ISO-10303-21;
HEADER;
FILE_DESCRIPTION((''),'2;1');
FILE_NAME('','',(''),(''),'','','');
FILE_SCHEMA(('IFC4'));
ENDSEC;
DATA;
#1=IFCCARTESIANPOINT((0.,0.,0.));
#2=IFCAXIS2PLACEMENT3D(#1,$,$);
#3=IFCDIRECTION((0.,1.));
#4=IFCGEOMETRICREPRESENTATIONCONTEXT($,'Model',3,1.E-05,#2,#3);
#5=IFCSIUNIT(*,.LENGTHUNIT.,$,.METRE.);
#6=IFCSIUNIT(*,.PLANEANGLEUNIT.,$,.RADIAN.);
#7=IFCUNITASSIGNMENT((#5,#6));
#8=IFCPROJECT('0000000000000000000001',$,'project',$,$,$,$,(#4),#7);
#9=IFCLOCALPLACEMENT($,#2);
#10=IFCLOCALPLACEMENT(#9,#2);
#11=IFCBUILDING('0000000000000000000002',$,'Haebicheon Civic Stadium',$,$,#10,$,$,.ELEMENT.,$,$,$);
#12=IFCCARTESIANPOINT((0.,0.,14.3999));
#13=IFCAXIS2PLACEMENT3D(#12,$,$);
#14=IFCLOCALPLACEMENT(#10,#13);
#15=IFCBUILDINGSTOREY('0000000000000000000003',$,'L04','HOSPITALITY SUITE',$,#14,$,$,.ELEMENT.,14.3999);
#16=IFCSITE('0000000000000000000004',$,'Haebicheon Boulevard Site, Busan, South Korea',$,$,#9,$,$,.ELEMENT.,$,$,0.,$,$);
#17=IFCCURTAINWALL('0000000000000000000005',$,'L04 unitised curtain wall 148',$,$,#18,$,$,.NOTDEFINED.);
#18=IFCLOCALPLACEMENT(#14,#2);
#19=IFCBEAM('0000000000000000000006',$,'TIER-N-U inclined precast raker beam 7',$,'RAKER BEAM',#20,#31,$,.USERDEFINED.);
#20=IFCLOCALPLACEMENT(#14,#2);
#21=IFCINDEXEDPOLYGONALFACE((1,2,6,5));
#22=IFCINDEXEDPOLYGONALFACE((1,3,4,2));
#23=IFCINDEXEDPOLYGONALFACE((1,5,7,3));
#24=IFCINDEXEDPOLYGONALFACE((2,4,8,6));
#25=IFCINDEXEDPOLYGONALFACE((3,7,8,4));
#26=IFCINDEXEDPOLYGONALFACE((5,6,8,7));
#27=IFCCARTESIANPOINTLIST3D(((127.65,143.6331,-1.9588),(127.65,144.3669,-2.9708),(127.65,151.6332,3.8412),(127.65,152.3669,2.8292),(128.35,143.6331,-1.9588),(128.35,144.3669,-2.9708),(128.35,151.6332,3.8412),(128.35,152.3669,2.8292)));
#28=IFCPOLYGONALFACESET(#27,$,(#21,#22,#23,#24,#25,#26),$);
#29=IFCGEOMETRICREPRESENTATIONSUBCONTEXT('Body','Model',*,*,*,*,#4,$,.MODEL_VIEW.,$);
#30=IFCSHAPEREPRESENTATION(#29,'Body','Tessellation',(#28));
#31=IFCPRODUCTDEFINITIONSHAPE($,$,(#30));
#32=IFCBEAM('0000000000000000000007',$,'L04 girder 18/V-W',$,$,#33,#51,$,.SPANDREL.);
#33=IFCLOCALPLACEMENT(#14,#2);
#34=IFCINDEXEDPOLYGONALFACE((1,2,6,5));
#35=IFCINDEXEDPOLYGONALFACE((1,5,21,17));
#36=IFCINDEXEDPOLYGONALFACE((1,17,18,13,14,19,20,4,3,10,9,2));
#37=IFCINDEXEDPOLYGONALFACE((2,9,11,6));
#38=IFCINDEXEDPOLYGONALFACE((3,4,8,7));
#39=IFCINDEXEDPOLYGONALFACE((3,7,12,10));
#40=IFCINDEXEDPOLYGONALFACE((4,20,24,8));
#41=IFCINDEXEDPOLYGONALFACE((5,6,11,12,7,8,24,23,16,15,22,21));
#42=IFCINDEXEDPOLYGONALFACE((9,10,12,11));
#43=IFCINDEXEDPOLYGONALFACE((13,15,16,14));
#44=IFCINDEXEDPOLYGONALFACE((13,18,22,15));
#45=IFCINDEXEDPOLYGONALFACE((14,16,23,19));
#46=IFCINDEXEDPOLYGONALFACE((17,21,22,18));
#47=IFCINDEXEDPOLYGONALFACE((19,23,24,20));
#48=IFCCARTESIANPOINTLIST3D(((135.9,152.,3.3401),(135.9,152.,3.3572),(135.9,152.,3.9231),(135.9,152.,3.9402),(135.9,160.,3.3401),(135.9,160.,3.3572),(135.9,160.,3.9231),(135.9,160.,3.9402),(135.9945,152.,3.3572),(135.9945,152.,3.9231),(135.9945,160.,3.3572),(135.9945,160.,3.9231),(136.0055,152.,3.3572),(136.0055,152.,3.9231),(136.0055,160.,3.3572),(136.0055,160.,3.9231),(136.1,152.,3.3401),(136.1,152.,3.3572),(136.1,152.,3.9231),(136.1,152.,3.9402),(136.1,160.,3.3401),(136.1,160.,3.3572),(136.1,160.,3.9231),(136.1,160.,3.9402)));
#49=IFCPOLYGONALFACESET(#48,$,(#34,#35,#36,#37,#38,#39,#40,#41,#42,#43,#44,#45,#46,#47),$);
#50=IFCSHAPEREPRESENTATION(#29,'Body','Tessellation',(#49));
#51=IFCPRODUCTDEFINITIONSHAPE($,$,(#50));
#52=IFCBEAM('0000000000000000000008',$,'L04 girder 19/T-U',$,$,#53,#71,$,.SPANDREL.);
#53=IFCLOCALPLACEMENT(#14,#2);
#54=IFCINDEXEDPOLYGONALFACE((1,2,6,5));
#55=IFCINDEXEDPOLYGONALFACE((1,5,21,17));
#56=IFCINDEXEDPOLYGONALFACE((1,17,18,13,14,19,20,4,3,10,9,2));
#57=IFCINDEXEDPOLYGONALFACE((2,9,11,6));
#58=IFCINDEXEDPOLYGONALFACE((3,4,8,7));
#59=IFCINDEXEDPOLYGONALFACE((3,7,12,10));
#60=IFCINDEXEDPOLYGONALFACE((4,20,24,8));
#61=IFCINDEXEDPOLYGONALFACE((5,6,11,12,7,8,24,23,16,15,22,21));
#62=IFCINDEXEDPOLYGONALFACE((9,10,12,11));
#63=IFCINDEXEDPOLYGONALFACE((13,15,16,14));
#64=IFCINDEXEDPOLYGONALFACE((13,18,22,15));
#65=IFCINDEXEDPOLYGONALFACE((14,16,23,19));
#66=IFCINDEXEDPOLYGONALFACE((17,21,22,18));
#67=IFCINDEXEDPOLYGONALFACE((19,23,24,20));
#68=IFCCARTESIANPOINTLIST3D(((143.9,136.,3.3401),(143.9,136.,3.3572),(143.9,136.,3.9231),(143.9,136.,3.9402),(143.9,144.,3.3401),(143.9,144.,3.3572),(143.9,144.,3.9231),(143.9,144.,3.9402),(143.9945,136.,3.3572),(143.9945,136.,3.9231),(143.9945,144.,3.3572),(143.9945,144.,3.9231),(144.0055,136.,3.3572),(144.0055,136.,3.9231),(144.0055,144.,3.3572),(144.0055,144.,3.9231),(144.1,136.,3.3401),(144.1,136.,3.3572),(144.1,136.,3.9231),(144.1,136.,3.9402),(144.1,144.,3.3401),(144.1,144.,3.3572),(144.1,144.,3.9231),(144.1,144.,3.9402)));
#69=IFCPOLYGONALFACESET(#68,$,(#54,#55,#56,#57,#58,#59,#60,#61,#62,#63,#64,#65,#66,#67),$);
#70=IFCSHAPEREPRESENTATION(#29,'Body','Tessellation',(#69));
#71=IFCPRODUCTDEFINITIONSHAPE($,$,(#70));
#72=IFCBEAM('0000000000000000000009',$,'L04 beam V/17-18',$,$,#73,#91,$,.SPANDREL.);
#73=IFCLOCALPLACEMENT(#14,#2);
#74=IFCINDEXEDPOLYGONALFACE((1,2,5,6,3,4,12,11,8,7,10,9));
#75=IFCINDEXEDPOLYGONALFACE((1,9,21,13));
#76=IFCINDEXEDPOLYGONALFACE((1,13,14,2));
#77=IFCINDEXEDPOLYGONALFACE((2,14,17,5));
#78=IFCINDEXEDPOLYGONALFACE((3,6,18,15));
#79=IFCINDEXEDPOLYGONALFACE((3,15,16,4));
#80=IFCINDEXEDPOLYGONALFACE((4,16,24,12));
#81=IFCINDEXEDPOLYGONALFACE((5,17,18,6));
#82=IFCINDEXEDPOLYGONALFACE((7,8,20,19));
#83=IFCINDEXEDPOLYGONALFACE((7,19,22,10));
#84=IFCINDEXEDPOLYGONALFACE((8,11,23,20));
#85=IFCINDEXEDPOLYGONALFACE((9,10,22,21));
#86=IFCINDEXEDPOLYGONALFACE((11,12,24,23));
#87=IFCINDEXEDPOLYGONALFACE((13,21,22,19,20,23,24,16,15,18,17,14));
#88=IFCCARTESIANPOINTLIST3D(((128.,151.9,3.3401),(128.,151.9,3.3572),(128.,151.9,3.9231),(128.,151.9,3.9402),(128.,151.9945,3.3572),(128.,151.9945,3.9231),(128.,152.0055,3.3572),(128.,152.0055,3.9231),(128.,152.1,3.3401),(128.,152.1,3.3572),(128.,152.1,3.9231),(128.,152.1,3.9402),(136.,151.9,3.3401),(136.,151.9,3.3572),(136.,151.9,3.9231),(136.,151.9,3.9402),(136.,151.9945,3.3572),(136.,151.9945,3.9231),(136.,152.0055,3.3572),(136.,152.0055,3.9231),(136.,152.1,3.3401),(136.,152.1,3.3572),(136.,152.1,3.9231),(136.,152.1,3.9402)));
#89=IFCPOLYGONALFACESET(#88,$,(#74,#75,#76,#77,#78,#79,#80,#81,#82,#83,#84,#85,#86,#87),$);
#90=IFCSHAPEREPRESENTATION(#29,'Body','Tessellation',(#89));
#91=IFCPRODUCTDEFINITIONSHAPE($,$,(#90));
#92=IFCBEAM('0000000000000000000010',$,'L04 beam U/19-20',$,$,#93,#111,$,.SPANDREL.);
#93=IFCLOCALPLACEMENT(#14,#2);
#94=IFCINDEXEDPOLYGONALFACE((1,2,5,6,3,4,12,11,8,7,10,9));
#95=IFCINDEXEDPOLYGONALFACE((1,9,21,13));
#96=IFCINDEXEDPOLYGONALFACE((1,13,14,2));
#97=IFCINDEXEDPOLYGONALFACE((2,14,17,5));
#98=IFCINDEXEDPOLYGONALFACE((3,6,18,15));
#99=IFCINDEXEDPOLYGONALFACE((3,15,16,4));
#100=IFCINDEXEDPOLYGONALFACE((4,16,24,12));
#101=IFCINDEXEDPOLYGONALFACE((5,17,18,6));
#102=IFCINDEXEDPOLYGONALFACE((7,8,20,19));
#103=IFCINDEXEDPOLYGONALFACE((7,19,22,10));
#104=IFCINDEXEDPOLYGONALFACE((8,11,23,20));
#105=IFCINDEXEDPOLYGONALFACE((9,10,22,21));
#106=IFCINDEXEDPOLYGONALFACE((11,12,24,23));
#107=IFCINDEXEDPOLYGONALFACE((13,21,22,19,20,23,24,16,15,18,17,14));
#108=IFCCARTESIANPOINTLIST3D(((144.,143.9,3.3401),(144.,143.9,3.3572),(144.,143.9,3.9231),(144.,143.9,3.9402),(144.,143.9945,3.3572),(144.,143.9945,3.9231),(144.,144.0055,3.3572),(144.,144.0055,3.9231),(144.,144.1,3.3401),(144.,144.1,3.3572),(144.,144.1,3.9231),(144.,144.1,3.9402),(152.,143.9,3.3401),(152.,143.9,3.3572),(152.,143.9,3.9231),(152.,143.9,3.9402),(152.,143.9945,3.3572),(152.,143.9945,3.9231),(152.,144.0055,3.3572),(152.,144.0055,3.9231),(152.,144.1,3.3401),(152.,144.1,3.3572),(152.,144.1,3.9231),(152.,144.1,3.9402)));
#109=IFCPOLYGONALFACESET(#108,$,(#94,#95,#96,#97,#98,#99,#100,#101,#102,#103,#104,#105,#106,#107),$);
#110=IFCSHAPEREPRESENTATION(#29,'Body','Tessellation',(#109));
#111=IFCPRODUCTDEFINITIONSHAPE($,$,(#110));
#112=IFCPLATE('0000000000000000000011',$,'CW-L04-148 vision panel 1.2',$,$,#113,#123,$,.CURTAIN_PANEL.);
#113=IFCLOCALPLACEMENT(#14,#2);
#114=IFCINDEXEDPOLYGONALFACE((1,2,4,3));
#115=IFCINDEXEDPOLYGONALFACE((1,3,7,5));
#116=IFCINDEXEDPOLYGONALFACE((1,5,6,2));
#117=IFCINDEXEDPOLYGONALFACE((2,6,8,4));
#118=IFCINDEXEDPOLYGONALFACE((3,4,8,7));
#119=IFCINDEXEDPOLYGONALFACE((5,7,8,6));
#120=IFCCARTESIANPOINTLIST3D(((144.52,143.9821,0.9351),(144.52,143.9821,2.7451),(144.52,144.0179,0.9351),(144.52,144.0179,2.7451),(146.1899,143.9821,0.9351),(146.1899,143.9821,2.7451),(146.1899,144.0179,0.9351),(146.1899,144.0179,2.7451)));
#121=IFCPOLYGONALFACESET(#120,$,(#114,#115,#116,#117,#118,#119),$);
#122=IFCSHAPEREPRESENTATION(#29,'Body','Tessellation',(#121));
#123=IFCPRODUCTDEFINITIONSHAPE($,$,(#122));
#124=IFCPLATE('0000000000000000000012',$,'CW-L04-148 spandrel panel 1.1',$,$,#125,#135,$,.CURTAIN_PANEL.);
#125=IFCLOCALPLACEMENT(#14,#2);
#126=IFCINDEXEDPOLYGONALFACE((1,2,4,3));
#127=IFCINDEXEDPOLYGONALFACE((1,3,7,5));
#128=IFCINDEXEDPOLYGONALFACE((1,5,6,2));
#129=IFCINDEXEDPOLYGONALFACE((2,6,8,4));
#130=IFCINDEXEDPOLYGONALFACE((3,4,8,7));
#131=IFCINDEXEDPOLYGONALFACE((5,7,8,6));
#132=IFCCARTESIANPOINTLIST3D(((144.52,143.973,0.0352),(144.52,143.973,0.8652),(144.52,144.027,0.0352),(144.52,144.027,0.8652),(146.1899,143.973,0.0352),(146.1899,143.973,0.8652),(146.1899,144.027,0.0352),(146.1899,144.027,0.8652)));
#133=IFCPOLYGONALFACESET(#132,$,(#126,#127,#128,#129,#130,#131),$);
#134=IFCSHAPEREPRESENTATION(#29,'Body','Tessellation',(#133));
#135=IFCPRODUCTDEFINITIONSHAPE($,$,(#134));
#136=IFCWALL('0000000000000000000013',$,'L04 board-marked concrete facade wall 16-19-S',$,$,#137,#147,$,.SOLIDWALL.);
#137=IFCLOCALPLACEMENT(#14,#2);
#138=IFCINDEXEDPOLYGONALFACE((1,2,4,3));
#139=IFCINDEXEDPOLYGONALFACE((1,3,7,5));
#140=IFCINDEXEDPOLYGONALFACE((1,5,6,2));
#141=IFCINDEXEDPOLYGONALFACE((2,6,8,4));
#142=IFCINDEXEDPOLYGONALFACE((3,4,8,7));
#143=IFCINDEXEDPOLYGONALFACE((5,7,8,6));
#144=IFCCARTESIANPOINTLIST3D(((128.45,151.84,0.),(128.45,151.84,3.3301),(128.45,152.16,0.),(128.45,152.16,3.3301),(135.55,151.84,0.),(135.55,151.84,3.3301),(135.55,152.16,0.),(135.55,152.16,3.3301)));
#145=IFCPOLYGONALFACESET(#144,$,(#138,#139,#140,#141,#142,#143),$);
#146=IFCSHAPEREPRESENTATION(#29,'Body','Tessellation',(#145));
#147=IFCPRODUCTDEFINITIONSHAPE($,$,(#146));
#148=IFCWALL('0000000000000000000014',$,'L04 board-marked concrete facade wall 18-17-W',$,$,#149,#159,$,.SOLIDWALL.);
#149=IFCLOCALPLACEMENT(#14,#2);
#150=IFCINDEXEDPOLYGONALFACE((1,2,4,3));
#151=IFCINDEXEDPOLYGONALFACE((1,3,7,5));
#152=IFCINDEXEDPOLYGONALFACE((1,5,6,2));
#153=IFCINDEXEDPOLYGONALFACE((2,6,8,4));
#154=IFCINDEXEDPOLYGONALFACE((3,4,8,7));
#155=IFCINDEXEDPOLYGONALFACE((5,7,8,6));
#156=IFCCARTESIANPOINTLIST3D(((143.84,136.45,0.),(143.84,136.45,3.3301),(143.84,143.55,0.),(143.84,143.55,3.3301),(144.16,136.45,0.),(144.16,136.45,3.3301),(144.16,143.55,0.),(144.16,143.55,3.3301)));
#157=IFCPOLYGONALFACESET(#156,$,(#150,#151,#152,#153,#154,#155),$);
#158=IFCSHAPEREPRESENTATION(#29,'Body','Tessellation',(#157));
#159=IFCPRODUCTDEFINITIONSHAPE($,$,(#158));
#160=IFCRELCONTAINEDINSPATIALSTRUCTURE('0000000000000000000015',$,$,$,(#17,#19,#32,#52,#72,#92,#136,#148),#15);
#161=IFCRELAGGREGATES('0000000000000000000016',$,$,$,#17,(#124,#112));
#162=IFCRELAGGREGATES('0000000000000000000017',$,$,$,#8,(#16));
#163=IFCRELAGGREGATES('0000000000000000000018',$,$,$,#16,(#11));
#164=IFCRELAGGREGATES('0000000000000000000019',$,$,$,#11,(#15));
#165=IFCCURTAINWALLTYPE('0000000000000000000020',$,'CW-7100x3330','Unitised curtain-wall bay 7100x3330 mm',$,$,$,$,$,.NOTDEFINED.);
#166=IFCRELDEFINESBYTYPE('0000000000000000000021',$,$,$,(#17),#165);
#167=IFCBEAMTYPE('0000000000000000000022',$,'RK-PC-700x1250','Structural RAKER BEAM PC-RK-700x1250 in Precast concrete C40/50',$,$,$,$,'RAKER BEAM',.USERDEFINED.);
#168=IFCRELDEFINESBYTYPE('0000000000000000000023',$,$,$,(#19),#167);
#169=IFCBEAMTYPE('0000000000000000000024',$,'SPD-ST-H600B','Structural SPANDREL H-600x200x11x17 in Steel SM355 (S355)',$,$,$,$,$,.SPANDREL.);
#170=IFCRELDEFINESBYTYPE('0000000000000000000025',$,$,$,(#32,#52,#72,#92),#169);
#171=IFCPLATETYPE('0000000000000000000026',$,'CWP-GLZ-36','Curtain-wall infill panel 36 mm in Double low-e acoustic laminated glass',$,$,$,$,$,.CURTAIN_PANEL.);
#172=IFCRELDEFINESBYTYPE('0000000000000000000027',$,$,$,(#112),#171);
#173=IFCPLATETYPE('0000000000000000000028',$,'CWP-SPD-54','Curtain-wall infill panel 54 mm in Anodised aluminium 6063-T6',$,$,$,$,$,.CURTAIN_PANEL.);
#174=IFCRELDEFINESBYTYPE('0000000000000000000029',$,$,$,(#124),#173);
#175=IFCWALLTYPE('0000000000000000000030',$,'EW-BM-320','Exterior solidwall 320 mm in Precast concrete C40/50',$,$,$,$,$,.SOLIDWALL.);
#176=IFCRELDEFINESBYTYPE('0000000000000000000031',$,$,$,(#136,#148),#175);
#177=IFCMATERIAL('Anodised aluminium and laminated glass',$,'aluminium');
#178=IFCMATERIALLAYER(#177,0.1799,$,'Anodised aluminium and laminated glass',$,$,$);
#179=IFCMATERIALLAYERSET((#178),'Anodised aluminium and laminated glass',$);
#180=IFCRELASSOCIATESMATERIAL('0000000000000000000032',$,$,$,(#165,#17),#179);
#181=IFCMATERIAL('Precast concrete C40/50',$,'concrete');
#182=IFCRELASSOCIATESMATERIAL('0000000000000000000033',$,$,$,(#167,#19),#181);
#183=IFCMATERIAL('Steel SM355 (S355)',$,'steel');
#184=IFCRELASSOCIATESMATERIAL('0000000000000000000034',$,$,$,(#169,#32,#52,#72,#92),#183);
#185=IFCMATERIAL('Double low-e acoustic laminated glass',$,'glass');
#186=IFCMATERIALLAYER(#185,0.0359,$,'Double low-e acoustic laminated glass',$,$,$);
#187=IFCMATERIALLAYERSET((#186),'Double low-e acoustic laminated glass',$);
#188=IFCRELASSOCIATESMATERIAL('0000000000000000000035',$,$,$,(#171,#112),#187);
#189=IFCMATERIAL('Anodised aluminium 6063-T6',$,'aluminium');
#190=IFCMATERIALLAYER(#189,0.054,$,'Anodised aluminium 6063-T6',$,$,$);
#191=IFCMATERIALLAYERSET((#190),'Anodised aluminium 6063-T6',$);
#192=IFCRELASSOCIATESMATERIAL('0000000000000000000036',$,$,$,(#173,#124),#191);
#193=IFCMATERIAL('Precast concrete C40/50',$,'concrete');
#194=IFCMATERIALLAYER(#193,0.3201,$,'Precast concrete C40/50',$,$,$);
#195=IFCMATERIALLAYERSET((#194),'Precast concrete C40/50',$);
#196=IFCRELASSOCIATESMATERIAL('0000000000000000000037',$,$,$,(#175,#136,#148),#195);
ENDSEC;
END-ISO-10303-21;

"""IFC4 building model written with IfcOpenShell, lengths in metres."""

from ifc_helpers import new_model, si_unit, direction, frame, frame_2d, origin, origin_2d, place, context, subcontext, project, spatial, rectangle, i_section, extrude, material, layer, layer_set, material_profile, profile_set, type_object, element, aggregate, save


model = new_model("IFC4")

# Units and contexts
model_context = context("Model", 3, precision=1e-05, world=origin(), true_north=direction((0.0, 1.0)))
body_context = subcontext(model_context, "Body", "Model", "MODEL_VIEW")
ifc_project = project(units=[si_unit("LENGTHUNIT", "METRE"), si_unit("PLANEANGLEUNIT", "RADIAN")], contexts=[model_context])

# Site, building, storey
site_placement = place(None, origin())
site = spatial("IfcSite", under=ifc_project, at=site_placement, Name="Haebicheon Boulevard Site, Busan, South Korea", CompositionType="ELEMENT", RefElevation=0.0)
building_placement = place(site_placement, origin())
building = spatial("IfcBuilding", under=site, at=building_placement, Name="Haebicheon Civic Stadium", CompositionType="ELEMENT")
storey_placement = place(building_placement, frame((0.0, 0.0, 14.3999)))
storey = spatial("IfcBuildingStorey", under=building, at=storey_placement, Name="L04", Description="HOSPITALITY SUITE", CompositionType="ELEMENT", Elevation=14.3999)

# Curtain wall
ifc_material_1 = material(Name="Anodised aluminium and laminated glass", Category="aluminium")
ifc_layer_1 = layer(ifc_material_1, 0.1799, Name="Anodised aluminium and laminated glass")
ifc_layer_set_1 = layer_set([ifc_layer_1], Name="Anodised aluminium and laminated glass")
curtain_wall_type = type_object("IfcCurtainWallType", Name="CW-7100x3330", Description="Unitised curtain-wall bay 7100x3330 mm", PredefinedType="NOTDEFINED", material=ifc_layer_set_1)
curtain_wall_1_placement = place(storey_placement, origin())
curtain_wall_1 = element("IfcCurtainWall", 1, at=curtain_wall_1_placement, inside=storey, type_object=curtain_wall_type, material=ifc_layer_set_1, Name="L04 unitised curtain wall 148", PredefinedType="NOTDEFINED")

# Beams
ifc_material_2 = material(Name="Precast concrete C40/50", Category="concrete")
ifc_material_profile_1 = material_profile(ifc_material_2, rectangle(XDim=0.7, YDim=1.25, at=origin_2d()), Name="PC-RK-700x1250")
ifc_profile_set_1 = profile_set([ifc_material_profile_1], Name="Precast concrete C40/50")
beam_type_1 = type_object("IfcBeamType", Name="RK-PC-700x1250", Description="Structural RAKER BEAM PC-RK-700x1250 in Precast concrete C40/50", ElementType="RAKER BEAM", PredefinedType="USERDEFINED", material=ifc_profile_set_1)
for number, where, z_axis, x_axis, name in (
    (2, (128.0, 144.0, -2.4648), (0.0, 0.809608, 0.586971), (-1.0, 0.0, 0.0), "TIER-N-U inclined precast raker beam 7"),
):
    element("IfcBeam", number, at=place(storey_placement, frame(where, z_axis=z_axis, x_axis=x_axis)), inside=storey, type_object=beam_type_1, material=ifc_profile_set_1, Name=name, ObjectType="RAKER BEAM", PredefinedType="USERDEFINED", context=body_context, shape_type="SweptSolid", body=[
        extrude(rectangle(XDim=0.7, YDim=1.25, at=origin_2d()), origin(), (0.0, 0.0, 1.0), 9.8813),
    ])
ifc_material_3 = material(Name="Steel SM355 (S355)", Category="steel")
ifc_material_profile_2 = material_profile(ifc_material_3, i_section(OverallWidth=0.2, OverallDepth=0.6001, WebThickness=0.011, FlangeThickness=0.0171, at=origin_2d()), Name="H-600x200x11x17")
ifc_profile_set_2 = profile_set([ifc_material_profile_2], Name="Steel SM355 (S355)")
beam_type_2 = type_object("IfcBeamType", Name="SPD-ST-H600B", Description="Structural SPANDREL H-600x200x11x17 in Steel SM355 (S355)", PredefinedType="SPANDREL", material=ifc_profile_set_2)
for number, where, z_axis, x_axis, name in (
    (3, (136.0, 152.0, 3.6401), (0.0, 1.0, 0.0), (-1.0, 0.0, 0.0), "L04 girder 18/V-W"),
    (4, (144.0, 136.0, 3.6401), (0.0, 1.0, 0.0), (-1.0, 0.0, 0.0), "L04 girder 19/T-U"),
    (5, (128.0, 152.0, 3.6401), (1.0, 0.0, 0.0), (0.0, 1.0, 0.0), "L04 beam V/17-18"),
    (6, (144.0, 144.0, 3.6401), (1.0, 0.0, 0.0), (0.0, 1.0, 0.0), "L04 beam U/19-20"),
):
    element("IfcBeam", number, at=place(storey_placement, frame(where, z_axis=z_axis, x_axis=x_axis)), inside=storey, type_object=beam_type_2, material=ifc_profile_set_2, Name=name, PredefinedType="SPANDREL", context=body_context, shape_type="SweptSolid", body=[
        extrude(i_section(OverallWidth=0.2, OverallDepth=0.6001, WebThickness=0.011, FlangeThickness=0.0171, at=origin_2d()), origin(), (0.0, 0.0, 1.0), 8.0),
    ])

# Plates
ifc_material_4 = material(Name="Double low-e acoustic laminated glass", Category="glass")
ifc_layer_2 = layer(ifc_material_4, 0.0359, Name="Double low-e acoustic laminated glass")
ifc_layer_set_2 = layer_set([ifc_layer_2], Name="Double low-e acoustic laminated glass")
plate_type_1 = type_object("IfcPlateType", Name="CWP-GLZ-36", Description="Curtain-wall infill panel 36 mm in Double low-e acoustic laminated glass", PredefinedType="CURTAIN_PANEL", material=ifc_layer_set_2)
plate_1_placement = place(storey_placement, frame((145.355, 144.0, 0.9351), z_axis=(0.0, 0.0, 1.0), x_axis=(1.0, 0.0, 0.0)))
plate_1 = element("IfcPlate", 7, at=plate_1_placement, type_object=plate_type_1, material=ifc_layer_set_2, Name="CW-L04-148 vision panel 1.2", PredefinedType="CURTAIN_PANEL", context=body_context, shape_type="SweptSolid", body=[
    extrude(rectangle(XDim=1.6699, YDim=0.0359, at=origin_2d()), origin(), (0.0, 0.0, 1.0), 1.8101),
])
ifc_material_5 = material(Name="Anodised aluminium 6063-T6", Category="aluminium")
ifc_layer_3 = layer(ifc_material_5, 0.054, Name="Anodised aluminium 6063-T6")
ifc_layer_set_3 = layer_set([ifc_layer_3], Name="Anodised aluminium 6063-T6")
plate_type_2 = type_object("IfcPlateType", Name="CWP-SPD-54", Description="Curtain-wall infill panel 54 mm in Anodised aluminium 6063-T6", PredefinedType="CURTAIN_PANEL", material=ifc_layer_set_3)
plate_2_placement = place(storey_placement, frame((145.355, 144.0, 0.0352), z_axis=(0.0, 0.0, 1.0), x_axis=(1.0, 0.0, 0.0)))
plate_2 = element("IfcPlate", 8, at=plate_2_placement, type_object=plate_type_2, material=ifc_layer_set_3, Name="CW-L04-148 spandrel panel 1.1", PredefinedType="CURTAIN_PANEL", context=body_context, shape_type="SweptSolid", body=[
    extrude(rectangle(XDim=1.6699, YDim=0.054, at=origin_2d()), origin(), (0.0, 0.0, 1.0), 0.8301),
])
aggregate(curtain_wall_1, [plate_2, plate_1])

# Walls
ifc_material_6 = material(Name="Precast concrete C40/50", Category="concrete")
ifc_layer_4 = layer(ifc_material_6, 0.3201, Name="Precast concrete C40/50")
ifc_layer_set_4 = layer_set([ifc_layer_4], Name="Precast concrete C40/50")
wall_type = type_object("IfcWallType", Name="EW-BM-320", Description="Exterior solidwall 320 mm in Precast concrete C40/50", PredefinedType="SOLIDWALL", material=ifc_layer_set_4)
for number, where, z_axis, x_axis, name in (
    (9, (128.45, 152.0, 0.0), (0.0, 0.0, 1.0), (1.0, 0.0, 0.0), "L04 board-marked concrete facade wall 16-19-S"),
    (10, (144.0, 136.45, 0.0), (0.0, 0.0, 1.0), (0.0, 1.0, 0.0), "L04 board-marked concrete facade wall 18-17-W"),
):
    element("IfcWall", number, at=place(storey_placement, frame(where, z_axis=z_axis, x_axis=x_axis)), inside=storey, type_object=wall_type, material=ifc_layer_set_4, Name=name, PredefinedType="SOLIDWALL", context=body_context, shape_type="SweptSolid", body=[
        extrude(rectangle(XDim=7.1001, YDim=0.3201, at=frame_2d((3.55, 0.0))), origin(), (0.0, 0.0, 1.0), 3.3301),
    ])

save(model, "model.ifc")
